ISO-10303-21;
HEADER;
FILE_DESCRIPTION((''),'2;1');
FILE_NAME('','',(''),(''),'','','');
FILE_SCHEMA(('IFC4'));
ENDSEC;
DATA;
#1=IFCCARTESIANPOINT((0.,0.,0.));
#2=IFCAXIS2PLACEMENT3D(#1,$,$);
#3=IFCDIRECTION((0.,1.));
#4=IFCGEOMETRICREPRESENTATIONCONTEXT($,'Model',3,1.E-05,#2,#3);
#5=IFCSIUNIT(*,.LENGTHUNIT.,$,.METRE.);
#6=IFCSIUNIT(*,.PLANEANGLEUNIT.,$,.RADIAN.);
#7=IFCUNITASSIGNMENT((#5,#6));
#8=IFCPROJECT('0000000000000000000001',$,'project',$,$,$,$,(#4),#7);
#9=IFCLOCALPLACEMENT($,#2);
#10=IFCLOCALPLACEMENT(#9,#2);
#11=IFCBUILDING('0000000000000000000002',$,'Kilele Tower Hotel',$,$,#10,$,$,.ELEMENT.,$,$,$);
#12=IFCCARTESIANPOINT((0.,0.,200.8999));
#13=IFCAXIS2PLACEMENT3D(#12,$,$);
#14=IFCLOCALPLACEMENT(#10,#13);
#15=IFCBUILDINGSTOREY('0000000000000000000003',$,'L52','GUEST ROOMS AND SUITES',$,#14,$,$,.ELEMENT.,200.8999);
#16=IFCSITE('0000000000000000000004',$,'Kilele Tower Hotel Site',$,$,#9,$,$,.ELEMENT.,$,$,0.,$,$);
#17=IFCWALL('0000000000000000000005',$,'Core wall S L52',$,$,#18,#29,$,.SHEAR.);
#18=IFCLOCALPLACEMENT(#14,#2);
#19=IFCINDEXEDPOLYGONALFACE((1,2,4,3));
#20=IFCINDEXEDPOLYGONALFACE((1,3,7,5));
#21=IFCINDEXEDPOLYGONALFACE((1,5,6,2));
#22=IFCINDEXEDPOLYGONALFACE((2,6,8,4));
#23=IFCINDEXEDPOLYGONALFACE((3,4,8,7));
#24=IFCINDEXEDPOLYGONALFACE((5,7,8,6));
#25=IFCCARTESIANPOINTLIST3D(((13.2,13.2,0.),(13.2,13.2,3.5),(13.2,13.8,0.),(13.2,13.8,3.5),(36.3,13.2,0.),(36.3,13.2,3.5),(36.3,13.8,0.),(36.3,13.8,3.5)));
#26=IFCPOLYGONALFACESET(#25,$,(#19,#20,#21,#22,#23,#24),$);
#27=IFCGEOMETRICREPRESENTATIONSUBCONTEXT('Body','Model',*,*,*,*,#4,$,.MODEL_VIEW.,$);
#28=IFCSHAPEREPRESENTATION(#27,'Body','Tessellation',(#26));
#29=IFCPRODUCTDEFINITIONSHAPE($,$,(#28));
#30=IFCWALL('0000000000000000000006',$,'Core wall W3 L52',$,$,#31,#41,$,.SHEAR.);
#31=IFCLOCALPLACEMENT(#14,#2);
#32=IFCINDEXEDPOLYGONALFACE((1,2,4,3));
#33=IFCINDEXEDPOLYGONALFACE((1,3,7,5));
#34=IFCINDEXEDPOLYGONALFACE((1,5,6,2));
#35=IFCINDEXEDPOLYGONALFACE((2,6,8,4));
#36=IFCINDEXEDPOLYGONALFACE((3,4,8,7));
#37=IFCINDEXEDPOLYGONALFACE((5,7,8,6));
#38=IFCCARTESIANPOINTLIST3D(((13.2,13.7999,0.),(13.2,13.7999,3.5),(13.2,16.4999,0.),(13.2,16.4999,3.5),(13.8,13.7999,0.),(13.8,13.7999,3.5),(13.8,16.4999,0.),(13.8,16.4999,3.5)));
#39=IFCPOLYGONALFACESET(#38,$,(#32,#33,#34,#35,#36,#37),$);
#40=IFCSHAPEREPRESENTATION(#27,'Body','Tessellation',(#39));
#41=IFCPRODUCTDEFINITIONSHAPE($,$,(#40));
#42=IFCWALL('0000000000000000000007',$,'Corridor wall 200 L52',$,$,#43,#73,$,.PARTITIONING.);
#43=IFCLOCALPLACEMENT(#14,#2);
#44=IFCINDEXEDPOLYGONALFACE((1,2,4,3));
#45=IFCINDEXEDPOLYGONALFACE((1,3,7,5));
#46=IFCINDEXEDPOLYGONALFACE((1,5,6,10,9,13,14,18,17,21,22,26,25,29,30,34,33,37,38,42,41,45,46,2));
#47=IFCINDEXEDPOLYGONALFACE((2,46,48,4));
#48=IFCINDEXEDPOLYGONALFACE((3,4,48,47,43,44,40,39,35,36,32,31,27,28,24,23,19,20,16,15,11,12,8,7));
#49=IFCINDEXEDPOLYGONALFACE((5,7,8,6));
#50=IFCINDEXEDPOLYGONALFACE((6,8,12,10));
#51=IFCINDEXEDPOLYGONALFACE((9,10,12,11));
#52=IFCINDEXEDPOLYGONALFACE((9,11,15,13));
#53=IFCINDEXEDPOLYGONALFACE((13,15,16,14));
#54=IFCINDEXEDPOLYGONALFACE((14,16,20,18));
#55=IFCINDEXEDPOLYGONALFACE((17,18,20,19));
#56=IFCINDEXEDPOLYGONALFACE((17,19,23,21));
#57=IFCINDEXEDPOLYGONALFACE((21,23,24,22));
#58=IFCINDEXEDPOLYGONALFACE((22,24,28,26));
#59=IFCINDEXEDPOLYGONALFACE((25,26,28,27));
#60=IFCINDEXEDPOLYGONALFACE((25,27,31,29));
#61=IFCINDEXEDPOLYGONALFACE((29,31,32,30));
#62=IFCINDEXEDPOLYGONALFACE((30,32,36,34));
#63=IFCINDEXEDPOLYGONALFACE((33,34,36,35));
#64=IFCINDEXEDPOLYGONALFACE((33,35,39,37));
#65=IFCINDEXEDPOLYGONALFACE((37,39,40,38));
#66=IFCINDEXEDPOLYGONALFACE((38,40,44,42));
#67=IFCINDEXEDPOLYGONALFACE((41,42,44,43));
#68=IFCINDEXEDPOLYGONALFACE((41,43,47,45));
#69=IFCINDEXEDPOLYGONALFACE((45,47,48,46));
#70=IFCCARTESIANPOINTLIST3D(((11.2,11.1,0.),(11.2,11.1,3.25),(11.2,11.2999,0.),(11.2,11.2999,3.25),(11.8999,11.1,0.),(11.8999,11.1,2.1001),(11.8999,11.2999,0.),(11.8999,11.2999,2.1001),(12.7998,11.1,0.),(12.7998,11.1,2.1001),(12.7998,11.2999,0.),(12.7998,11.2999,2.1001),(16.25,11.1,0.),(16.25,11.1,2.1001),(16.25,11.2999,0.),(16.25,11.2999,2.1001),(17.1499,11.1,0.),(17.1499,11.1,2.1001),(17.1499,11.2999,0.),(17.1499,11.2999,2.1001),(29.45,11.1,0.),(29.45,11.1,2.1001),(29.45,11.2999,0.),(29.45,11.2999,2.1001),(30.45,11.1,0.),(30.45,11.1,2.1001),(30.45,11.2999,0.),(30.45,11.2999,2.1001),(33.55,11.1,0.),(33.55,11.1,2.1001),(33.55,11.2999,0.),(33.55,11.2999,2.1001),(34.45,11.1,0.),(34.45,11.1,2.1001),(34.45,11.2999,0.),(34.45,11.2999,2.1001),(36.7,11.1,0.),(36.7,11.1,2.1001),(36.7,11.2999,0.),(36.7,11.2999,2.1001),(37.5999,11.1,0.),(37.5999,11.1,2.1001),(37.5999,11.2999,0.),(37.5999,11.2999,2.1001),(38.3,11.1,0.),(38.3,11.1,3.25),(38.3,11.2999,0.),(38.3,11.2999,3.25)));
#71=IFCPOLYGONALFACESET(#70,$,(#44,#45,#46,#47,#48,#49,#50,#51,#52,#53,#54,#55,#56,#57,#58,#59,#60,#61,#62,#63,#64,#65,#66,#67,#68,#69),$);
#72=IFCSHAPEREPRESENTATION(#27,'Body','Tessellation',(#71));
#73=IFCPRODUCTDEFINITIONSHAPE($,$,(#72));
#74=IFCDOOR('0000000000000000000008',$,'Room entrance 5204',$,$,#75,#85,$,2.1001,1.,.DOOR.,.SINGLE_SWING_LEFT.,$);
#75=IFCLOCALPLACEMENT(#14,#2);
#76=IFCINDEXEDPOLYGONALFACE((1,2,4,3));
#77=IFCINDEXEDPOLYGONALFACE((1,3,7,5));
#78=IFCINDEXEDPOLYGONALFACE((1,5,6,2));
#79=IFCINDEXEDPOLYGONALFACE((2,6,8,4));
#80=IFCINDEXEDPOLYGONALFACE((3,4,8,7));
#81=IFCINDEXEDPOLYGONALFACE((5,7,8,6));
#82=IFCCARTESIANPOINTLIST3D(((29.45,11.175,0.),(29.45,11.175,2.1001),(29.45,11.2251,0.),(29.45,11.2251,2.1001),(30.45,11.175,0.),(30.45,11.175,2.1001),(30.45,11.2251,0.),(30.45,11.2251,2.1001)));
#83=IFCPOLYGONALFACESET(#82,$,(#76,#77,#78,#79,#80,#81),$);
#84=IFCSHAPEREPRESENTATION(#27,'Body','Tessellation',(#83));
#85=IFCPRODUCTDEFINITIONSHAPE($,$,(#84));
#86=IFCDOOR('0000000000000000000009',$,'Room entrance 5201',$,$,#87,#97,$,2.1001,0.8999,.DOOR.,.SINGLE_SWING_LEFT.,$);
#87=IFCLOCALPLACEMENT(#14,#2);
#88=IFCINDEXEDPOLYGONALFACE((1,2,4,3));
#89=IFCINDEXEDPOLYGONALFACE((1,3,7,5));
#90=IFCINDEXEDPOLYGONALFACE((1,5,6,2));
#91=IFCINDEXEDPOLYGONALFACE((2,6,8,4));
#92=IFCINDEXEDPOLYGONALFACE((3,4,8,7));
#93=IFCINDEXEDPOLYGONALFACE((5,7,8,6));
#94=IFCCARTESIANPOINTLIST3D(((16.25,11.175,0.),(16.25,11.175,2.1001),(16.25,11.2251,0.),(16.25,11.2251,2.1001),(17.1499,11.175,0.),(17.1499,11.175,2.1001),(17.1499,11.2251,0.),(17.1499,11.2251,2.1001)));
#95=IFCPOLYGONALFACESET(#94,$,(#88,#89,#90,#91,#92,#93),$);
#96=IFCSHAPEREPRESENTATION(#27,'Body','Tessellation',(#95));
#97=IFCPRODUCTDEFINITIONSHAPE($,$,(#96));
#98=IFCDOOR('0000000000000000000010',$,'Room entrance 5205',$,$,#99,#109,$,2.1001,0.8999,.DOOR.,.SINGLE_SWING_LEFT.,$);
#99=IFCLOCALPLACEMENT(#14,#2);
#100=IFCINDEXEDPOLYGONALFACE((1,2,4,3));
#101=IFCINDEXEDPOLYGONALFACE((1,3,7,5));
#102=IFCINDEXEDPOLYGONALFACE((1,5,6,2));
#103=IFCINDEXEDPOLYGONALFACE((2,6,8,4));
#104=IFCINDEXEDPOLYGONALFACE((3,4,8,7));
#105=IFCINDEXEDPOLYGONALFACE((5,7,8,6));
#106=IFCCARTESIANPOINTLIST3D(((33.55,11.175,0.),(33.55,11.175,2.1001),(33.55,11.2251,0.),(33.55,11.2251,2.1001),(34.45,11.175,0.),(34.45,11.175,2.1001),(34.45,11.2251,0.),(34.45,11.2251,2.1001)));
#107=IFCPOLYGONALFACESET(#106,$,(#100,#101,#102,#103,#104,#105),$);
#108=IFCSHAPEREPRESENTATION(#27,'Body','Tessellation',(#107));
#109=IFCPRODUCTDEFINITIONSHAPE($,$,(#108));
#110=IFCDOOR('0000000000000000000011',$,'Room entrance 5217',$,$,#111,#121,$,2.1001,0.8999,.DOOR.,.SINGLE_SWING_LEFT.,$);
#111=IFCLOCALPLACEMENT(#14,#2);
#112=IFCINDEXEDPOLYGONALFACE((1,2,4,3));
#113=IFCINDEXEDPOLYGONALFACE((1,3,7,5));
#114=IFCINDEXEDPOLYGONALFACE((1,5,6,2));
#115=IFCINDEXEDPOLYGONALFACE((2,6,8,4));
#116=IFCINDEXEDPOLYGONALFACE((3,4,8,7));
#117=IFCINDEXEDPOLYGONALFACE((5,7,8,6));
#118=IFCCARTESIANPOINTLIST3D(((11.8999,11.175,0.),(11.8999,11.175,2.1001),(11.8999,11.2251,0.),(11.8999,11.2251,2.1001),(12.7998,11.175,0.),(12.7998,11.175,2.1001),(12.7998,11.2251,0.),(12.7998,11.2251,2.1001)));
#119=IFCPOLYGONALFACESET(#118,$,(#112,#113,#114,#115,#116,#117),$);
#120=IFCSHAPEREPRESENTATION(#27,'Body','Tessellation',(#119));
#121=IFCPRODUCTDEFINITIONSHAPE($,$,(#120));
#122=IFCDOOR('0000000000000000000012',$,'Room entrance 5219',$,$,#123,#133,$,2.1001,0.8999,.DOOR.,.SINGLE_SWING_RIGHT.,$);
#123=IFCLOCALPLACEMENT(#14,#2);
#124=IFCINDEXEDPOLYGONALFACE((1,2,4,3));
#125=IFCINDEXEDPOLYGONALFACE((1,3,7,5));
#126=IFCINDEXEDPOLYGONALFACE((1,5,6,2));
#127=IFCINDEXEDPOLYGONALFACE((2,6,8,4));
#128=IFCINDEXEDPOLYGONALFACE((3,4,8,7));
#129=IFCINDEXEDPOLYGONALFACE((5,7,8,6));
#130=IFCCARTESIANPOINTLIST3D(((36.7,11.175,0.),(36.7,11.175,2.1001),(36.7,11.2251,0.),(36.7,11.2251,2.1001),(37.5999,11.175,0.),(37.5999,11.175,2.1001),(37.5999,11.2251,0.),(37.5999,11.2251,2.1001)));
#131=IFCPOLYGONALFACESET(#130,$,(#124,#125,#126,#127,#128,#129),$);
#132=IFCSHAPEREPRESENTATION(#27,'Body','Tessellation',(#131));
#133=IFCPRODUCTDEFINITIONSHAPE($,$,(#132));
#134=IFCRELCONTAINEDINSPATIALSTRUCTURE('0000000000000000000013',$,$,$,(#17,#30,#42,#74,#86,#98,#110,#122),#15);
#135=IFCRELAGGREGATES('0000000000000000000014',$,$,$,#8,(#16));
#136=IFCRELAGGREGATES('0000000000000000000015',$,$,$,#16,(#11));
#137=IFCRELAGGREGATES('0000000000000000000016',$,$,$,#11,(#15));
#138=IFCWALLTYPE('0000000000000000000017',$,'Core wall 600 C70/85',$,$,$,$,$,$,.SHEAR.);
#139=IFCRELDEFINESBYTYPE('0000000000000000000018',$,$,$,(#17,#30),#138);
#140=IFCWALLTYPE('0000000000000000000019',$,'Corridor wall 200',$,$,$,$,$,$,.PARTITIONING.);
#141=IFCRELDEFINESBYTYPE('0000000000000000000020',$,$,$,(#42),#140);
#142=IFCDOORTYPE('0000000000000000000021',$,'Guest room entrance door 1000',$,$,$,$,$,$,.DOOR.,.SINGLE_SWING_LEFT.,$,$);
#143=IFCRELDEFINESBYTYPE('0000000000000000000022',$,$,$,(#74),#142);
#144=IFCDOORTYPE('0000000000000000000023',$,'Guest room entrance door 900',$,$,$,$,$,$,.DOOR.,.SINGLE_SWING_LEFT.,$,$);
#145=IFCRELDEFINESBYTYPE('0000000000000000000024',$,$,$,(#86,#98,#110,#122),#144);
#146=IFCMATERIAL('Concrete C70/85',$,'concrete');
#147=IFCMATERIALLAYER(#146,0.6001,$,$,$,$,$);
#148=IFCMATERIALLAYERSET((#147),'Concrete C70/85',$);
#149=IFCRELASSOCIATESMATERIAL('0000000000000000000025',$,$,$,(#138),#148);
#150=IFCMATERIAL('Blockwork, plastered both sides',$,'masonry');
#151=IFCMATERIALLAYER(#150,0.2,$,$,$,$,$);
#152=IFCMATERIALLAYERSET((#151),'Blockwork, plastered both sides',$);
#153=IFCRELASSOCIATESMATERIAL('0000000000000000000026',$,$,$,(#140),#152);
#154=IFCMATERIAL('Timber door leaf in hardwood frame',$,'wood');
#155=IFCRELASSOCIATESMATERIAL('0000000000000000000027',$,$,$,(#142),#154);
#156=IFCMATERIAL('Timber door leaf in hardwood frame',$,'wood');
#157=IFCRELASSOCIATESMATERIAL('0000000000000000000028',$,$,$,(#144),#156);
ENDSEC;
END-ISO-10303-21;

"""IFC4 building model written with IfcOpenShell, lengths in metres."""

from ifc_helpers import new_model, si_unit, direction, frame, frame_2d, origin, place, context, subcontext, project, spatial, rectangle, extrude, material, layer, layer_set, type_object, element, fill, save


model = new_model("IFC4")

# Units and contexts
model_context = context("Model", 3, precision=1e-05, world=origin(), true_north=direction((0.0, 1.0)))
body_context = subcontext(model_context, "Body", "Model", "MODEL_VIEW")
ifc_project = project(units=[si_unit("LENGTHUNIT", "METRE"), si_unit("PLANEANGLEUNIT", "RADIAN")], contexts=[model_context])

# Site, building, storey
site_placement = place(None, origin())
site = spatial("IfcSite", under=ifc_project, at=site_placement, Name="Kilele Tower Hotel Site", CompositionType="ELEMENT", RefElevation=0.0)
building_placement = place(site_placement, origin())
building = spatial("IfcBuilding", under=site, at=building_placement, Name="Kilele Tower Hotel", CompositionType="ELEMENT")
storey_placement = place(building_placement, frame((0.0, 0.0, 200.8999)))
storey = spatial("IfcBuildingStorey", under=building, at=storey_placement, Name="L52", Description="GUEST ROOMS AND SUITES", CompositionType="ELEMENT", Elevation=200.8999)

# Walls
ifc_material_1 = material(Name="Concrete C70/85", Category="concrete")
ifc_layer_1 = layer(ifc_material_1, 0.6001)
ifc_layer_set_1 = layer_set([ifc_layer_1], Name="Concrete C70/85")
wall_type_1 = type_object("IfcWallType", Name="Core wall 600 C70/85", PredefinedType="SHEAR", material=ifc_layer_set_1)
wall_1_placement = place(storey_placement, frame((13.2, 13.5, 0.0), z_axis=(0.0, 0.0, 1.0), x_axis=(1.0, 0.0, 0.0)))
element("IfcWall", 1, at=wall_1_placement, inside=storey, type_object=wall_type_1, Name="Core wall S L52", PredefinedType="SHEAR", context=body_context, shape_type="SweptSolid", body=[
    extrude(rectangle(XDim=23.1001, YDim=0.6001, at=frame_2d((11.55, 0.0))), origin(), (0.0, 0.0, 1.0), 3.5),
])
wall_2_placement = place(storey_placement, frame((13.5, 16.5, 0.0), z_axis=(0.0, 0.0, 1.0), x_axis=(0.0, -1.0, 0.0)))
element("IfcWall", 2, at=wall_2_placement, inside=storey, type_object=wall_type_1, Name="Core wall W3 L52", PredefinedType="SHEAR", context=body_context, shape_type="SweptSolid", body=[
    extrude(rectangle(XDim=2.7, YDim=0.6001, at=frame_2d((1.3501, 0.0))), origin(), (0.0, 0.0, 1.0), 3.5),
])

# Wall, openings, doors
ifc_material_2 = material(Name="Blockwork, plastered both sides", Category="masonry")
ifc_layer_2 = layer(ifc_material_2, 0.2)
ifc_layer_set_2 = layer_set([ifc_layer_2], Name="Blockwork, plastered both sides")
wall_type_2 = type_object("IfcWallType", Name="Corridor wall 200", PredefinedType="PARTITIONING", material=ifc_layer_set_2)
wall_3_placement = place(storey_placement, frame((11.2, 11.2, 0.0), z_axis=(0.0, 0.0, 1.0), x_axis=(1.0, 0.0, 0.0)))
wall_3 = element("IfcWall", 3, at=wall_3_placement, inside=storey, type_object=wall_type_2, Name="Corridor wall 200 L52", PredefinedType="PARTITIONING", context=body_context, shape_type="SweptSolid", body=[
    extrude(rectangle(XDim=27.1001, YDim=0.2, at=frame_2d((13.55, 0.0))), origin(), (0.0, 0.0, 1.0), 3.25),
])
opening_1_placement = place(wall_3_placement, frame((5.95, 0.0, 0.0), z_axis=(0.0, 0.0, 1.0), x_axis=(-1.0, 0.0, 0.0)))
opening_1 = element("IfcOpeningElement", 4, at=opening_1_placement, cuts=wall_3, PredefinedType="OPENING", context=body_context, shape_type="SweptSolid", body=[
    extrude(rectangle(XDim=0.8999, YDim=2.1001, at=frame_2d((0.45, 1.05))), frame((0.0, 0.1099, 0.0), z_axis=(0.0, -1.0, 0.0), x_axis=(1.0, 0.0, 0.0)), (0.0, 0.0, 1.0), 0.22),
])
opening_2_placement = place(wall_3_placement, frame((19.25, 0.0, 0.0), z_axis=(0.0, 0.0, 1.0), x_axis=(-1.0, 0.0, 0.0)))
opening_2 = element("IfcOpeningElement", 5, at=opening_2_placement, cuts=wall_3, PredefinedType="OPENING", context=body_context, shape_type="SweptSolid", body=[
    extrude(rectangle(XDim=1.0, YDim=2.1001, at=frame_2d((0.5, 1.05))), frame((0.0, 0.1099, 0.0), z_axis=(0.0, -1.0, 0.0), x_axis=(1.0, 0.0, 0.0)), (0.0, 0.0, 1.0), 0.22),
])
opening_3_placement = place(wall_3_placement, frame((23.25, 0.0, 0.0), z_axis=(0.0, 0.0, 1.0), x_axis=(-1.0, 0.0, 0.0)))
opening_3 = element("IfcOpeningElement", 6, at=opening_3_placement, cuts=wall_3, PredefinedType="OPENING", context=body_context, shape_type="SweptSolid", body=[
    extrude(rectangle(XDim=0.8999, YDim=2.1001, at=frame_2d((0.45, 1.05))), frame((0.0, 0.1099, 0.0), z_axis=(0.0, -1.0, 0.0), x_axis=(1.0, 0.0, 0.0)), (0.0, 0.0, 1.0), 0.22),
])
opening_4_placement = place(wall_3_placement, frame((1.5999, 0.0, 0.0), z_axis=(0.0, 0.0, 1.0), x_axis=(-1.0, 0.0, 0.0)))
opening_4 = element("IfcOpeningElement", 7, at=opening_4_placement, cuts=wall_3, PredefinedType="OPENING", context=body_context, shape_type="SweptSolid", body=[
    extrude(rectangle(XDim=0.8999, YDim=2.1001, at=frame_2d((0.45, 1.05))), frame((0.0, 0.1099, 0.0), z_axis=(0.0, -1.0, 0.0), x_axis=(1.0, 0.0, 0.0)), (0.0, 0.0, 1.0), 0.22),
])
opening_5_placement = place(wall_3_placement, frame((26.3999, 0.0, 0.0), z_axis=(0.0, 0.0, 1.0), x_axis=(-1.0, 0.0, 0.0)))
opening_5 = element("IfcOpeningElement", 8, at=opening_5_placement, cuts=wall_3, PredefinedType="OPENING", context=body_context, shape_type="SweptSolid", body=[
    extrude(rectangle(XDim=0.8999, YDim=2.1001, at=frame_2d((0.45, 1.05))), frame((0.0, 0.1099, 0.0), z_axis=(0.0, -1.0, 0.0), x_axis=(1.0, 0.0, 0.0)), (0.0, 0.0, 1.0), 0.22),
])
ifc_material_3 = material(Name="Timber door leaf in hardwood frame", Category="wood")
door_type_1 = type_object("IfcDoorType", Name="Guest room entrance door 1000", OperationType="SINGLE_SWING_LEFT", PredefinedType="DOOR", material=ifc_material_3)
door_1_placement = place(opening_2_placement, origin())
door_1 = element("IfcDoor", 9, at=door_1_placement, inside=storey, type_object=door_type_1, Name="Room entrance 5204", OperationType="SINGLE_SWING_LEFT", OverallHeight=2.1001, OverallWidth=1.0, PredefinedType="DOOR", context=body_context, shape_type="SweptSolid", body=[
    extrude(rectangle(XDim=1.0, YDim=2.1001, at=frame_2d((0.5, 1.05))), frame((0.0, 0.0249, 0.0), z_axis=(0.0, -1.0, 0.0), x_axis=(1.0, 0.0, 0.0)), (0.0, 0.0, 1.0), 0.05),
])
fill(opening_2, door_1)
ifc_material_4 = material(Name="Timber door leaf in hardwood frame", Category="wood")
door_type_2 = type_object("IfcDoorType", Name="Guest room entrance door 900", OperationType="SINGLE_SWING_LEFT", PredefinedType="DOOR", material=ifc_material_4)
door_2_placement = place(opening_1_placement, origin())
door_2 = element("IfcDoor", 10, at=door_2_placement, inside=storey, type_object=door_type_2, Name="Room entrance 5201", OperationType="SINGLE_SWING_LEFT", OverallHeight=2.1001, OverallWidth=0.8999, PredefinedType="DOOR", context=body_context, shape_type="SweptSolid", body=[
    extrude(rectangle(XDim=0.8999, YDim=2.1001, at=frame_2d((0.45, 1.05))), frame((0.0, 0.0249, 0.0), z_axis=(0.0, -1.0, 0.0), x_axis=(1.0, 0.0, 0.0)), (0.0, 0.0, 1.0), 0.05),
])
fill(opening_1, door_2)
door_3_placement = place(opening_3_placement, origin())
door_3 = element("IfcDoor", 11, at=door_3_placement, inside=storey, type_object=door_type_2, Name="Room entrance 5205", OperationType="SINGLE_SWING_LEFT", OverallHeight=2.1001, OverallWidth=0.8999, PredefinedType="DOOR", context=body_context, shape_type="SweptSolid", body=[
    extrude(rectangle(XDim=0.8999, YDim=2.1001, at=frame_2d((0.45, 1.05))), frame((0.0, 0.0249, 0.0), z_axis=(0.0, -1.0, 0.0), x_axis=(1.0, 0.0, 0.0)), (0.0, 0.0, 1.0), 0.05),
])
fill(opening_3, door_3)
door_4_placement = place(opening_4_placement, origin())
door_4 = element("IfcDoor", 12, at=door_4_placement, inside=storey, type_object=door_type_2, Name="Room entrance 5217", OperationType="SINGLE_SWING_LEFT", OverallHeight=2.1001, OverallWidth=0.8999, PredefinedType="DOOR", context=body_context, shape_type="SweptSolid", body=[
    extrude(rectangle(XDim=0.8999, YDim=2.1001, at=frame_2d((0.45, 1.05))), frame((0.0, 0.0249, 0.0), z_axis=(0.0, -1.0, 0.0), x_axis=(1.0, 0.0, 0.0)), (0.0, 0.0, 1.0), 0.05),
])
fill(opening_4, door_4)
door_5_placement = place(opening_5_placement, origin())
door_5 = element("IfcDoor", 13, at=door_5_placement, inside=storey, type_object=door_type_2, Name="Room entrance 5219", OperationType="SINGLE_SWING_RIGHT", OverallHeight=2.1001, OverallWidth=0.8999, PredefinedType="DOOR", context=body_context, shape_type="SweptSolid", body=[
    extrude(rectangle(XDim=0.8999, YDim=2.1001, at=frame_2d((0.45, 1.05))), frame((0.0, 0.0249, 0.0), z_axis=(0.0, -1.0, 0.0), x_axis=(1.0, 0.0, 0.0)), (0.0, 0.0, 1.0), 0.05),
])
fill(opening_5, door_5)

save(model, "model.ifc")
